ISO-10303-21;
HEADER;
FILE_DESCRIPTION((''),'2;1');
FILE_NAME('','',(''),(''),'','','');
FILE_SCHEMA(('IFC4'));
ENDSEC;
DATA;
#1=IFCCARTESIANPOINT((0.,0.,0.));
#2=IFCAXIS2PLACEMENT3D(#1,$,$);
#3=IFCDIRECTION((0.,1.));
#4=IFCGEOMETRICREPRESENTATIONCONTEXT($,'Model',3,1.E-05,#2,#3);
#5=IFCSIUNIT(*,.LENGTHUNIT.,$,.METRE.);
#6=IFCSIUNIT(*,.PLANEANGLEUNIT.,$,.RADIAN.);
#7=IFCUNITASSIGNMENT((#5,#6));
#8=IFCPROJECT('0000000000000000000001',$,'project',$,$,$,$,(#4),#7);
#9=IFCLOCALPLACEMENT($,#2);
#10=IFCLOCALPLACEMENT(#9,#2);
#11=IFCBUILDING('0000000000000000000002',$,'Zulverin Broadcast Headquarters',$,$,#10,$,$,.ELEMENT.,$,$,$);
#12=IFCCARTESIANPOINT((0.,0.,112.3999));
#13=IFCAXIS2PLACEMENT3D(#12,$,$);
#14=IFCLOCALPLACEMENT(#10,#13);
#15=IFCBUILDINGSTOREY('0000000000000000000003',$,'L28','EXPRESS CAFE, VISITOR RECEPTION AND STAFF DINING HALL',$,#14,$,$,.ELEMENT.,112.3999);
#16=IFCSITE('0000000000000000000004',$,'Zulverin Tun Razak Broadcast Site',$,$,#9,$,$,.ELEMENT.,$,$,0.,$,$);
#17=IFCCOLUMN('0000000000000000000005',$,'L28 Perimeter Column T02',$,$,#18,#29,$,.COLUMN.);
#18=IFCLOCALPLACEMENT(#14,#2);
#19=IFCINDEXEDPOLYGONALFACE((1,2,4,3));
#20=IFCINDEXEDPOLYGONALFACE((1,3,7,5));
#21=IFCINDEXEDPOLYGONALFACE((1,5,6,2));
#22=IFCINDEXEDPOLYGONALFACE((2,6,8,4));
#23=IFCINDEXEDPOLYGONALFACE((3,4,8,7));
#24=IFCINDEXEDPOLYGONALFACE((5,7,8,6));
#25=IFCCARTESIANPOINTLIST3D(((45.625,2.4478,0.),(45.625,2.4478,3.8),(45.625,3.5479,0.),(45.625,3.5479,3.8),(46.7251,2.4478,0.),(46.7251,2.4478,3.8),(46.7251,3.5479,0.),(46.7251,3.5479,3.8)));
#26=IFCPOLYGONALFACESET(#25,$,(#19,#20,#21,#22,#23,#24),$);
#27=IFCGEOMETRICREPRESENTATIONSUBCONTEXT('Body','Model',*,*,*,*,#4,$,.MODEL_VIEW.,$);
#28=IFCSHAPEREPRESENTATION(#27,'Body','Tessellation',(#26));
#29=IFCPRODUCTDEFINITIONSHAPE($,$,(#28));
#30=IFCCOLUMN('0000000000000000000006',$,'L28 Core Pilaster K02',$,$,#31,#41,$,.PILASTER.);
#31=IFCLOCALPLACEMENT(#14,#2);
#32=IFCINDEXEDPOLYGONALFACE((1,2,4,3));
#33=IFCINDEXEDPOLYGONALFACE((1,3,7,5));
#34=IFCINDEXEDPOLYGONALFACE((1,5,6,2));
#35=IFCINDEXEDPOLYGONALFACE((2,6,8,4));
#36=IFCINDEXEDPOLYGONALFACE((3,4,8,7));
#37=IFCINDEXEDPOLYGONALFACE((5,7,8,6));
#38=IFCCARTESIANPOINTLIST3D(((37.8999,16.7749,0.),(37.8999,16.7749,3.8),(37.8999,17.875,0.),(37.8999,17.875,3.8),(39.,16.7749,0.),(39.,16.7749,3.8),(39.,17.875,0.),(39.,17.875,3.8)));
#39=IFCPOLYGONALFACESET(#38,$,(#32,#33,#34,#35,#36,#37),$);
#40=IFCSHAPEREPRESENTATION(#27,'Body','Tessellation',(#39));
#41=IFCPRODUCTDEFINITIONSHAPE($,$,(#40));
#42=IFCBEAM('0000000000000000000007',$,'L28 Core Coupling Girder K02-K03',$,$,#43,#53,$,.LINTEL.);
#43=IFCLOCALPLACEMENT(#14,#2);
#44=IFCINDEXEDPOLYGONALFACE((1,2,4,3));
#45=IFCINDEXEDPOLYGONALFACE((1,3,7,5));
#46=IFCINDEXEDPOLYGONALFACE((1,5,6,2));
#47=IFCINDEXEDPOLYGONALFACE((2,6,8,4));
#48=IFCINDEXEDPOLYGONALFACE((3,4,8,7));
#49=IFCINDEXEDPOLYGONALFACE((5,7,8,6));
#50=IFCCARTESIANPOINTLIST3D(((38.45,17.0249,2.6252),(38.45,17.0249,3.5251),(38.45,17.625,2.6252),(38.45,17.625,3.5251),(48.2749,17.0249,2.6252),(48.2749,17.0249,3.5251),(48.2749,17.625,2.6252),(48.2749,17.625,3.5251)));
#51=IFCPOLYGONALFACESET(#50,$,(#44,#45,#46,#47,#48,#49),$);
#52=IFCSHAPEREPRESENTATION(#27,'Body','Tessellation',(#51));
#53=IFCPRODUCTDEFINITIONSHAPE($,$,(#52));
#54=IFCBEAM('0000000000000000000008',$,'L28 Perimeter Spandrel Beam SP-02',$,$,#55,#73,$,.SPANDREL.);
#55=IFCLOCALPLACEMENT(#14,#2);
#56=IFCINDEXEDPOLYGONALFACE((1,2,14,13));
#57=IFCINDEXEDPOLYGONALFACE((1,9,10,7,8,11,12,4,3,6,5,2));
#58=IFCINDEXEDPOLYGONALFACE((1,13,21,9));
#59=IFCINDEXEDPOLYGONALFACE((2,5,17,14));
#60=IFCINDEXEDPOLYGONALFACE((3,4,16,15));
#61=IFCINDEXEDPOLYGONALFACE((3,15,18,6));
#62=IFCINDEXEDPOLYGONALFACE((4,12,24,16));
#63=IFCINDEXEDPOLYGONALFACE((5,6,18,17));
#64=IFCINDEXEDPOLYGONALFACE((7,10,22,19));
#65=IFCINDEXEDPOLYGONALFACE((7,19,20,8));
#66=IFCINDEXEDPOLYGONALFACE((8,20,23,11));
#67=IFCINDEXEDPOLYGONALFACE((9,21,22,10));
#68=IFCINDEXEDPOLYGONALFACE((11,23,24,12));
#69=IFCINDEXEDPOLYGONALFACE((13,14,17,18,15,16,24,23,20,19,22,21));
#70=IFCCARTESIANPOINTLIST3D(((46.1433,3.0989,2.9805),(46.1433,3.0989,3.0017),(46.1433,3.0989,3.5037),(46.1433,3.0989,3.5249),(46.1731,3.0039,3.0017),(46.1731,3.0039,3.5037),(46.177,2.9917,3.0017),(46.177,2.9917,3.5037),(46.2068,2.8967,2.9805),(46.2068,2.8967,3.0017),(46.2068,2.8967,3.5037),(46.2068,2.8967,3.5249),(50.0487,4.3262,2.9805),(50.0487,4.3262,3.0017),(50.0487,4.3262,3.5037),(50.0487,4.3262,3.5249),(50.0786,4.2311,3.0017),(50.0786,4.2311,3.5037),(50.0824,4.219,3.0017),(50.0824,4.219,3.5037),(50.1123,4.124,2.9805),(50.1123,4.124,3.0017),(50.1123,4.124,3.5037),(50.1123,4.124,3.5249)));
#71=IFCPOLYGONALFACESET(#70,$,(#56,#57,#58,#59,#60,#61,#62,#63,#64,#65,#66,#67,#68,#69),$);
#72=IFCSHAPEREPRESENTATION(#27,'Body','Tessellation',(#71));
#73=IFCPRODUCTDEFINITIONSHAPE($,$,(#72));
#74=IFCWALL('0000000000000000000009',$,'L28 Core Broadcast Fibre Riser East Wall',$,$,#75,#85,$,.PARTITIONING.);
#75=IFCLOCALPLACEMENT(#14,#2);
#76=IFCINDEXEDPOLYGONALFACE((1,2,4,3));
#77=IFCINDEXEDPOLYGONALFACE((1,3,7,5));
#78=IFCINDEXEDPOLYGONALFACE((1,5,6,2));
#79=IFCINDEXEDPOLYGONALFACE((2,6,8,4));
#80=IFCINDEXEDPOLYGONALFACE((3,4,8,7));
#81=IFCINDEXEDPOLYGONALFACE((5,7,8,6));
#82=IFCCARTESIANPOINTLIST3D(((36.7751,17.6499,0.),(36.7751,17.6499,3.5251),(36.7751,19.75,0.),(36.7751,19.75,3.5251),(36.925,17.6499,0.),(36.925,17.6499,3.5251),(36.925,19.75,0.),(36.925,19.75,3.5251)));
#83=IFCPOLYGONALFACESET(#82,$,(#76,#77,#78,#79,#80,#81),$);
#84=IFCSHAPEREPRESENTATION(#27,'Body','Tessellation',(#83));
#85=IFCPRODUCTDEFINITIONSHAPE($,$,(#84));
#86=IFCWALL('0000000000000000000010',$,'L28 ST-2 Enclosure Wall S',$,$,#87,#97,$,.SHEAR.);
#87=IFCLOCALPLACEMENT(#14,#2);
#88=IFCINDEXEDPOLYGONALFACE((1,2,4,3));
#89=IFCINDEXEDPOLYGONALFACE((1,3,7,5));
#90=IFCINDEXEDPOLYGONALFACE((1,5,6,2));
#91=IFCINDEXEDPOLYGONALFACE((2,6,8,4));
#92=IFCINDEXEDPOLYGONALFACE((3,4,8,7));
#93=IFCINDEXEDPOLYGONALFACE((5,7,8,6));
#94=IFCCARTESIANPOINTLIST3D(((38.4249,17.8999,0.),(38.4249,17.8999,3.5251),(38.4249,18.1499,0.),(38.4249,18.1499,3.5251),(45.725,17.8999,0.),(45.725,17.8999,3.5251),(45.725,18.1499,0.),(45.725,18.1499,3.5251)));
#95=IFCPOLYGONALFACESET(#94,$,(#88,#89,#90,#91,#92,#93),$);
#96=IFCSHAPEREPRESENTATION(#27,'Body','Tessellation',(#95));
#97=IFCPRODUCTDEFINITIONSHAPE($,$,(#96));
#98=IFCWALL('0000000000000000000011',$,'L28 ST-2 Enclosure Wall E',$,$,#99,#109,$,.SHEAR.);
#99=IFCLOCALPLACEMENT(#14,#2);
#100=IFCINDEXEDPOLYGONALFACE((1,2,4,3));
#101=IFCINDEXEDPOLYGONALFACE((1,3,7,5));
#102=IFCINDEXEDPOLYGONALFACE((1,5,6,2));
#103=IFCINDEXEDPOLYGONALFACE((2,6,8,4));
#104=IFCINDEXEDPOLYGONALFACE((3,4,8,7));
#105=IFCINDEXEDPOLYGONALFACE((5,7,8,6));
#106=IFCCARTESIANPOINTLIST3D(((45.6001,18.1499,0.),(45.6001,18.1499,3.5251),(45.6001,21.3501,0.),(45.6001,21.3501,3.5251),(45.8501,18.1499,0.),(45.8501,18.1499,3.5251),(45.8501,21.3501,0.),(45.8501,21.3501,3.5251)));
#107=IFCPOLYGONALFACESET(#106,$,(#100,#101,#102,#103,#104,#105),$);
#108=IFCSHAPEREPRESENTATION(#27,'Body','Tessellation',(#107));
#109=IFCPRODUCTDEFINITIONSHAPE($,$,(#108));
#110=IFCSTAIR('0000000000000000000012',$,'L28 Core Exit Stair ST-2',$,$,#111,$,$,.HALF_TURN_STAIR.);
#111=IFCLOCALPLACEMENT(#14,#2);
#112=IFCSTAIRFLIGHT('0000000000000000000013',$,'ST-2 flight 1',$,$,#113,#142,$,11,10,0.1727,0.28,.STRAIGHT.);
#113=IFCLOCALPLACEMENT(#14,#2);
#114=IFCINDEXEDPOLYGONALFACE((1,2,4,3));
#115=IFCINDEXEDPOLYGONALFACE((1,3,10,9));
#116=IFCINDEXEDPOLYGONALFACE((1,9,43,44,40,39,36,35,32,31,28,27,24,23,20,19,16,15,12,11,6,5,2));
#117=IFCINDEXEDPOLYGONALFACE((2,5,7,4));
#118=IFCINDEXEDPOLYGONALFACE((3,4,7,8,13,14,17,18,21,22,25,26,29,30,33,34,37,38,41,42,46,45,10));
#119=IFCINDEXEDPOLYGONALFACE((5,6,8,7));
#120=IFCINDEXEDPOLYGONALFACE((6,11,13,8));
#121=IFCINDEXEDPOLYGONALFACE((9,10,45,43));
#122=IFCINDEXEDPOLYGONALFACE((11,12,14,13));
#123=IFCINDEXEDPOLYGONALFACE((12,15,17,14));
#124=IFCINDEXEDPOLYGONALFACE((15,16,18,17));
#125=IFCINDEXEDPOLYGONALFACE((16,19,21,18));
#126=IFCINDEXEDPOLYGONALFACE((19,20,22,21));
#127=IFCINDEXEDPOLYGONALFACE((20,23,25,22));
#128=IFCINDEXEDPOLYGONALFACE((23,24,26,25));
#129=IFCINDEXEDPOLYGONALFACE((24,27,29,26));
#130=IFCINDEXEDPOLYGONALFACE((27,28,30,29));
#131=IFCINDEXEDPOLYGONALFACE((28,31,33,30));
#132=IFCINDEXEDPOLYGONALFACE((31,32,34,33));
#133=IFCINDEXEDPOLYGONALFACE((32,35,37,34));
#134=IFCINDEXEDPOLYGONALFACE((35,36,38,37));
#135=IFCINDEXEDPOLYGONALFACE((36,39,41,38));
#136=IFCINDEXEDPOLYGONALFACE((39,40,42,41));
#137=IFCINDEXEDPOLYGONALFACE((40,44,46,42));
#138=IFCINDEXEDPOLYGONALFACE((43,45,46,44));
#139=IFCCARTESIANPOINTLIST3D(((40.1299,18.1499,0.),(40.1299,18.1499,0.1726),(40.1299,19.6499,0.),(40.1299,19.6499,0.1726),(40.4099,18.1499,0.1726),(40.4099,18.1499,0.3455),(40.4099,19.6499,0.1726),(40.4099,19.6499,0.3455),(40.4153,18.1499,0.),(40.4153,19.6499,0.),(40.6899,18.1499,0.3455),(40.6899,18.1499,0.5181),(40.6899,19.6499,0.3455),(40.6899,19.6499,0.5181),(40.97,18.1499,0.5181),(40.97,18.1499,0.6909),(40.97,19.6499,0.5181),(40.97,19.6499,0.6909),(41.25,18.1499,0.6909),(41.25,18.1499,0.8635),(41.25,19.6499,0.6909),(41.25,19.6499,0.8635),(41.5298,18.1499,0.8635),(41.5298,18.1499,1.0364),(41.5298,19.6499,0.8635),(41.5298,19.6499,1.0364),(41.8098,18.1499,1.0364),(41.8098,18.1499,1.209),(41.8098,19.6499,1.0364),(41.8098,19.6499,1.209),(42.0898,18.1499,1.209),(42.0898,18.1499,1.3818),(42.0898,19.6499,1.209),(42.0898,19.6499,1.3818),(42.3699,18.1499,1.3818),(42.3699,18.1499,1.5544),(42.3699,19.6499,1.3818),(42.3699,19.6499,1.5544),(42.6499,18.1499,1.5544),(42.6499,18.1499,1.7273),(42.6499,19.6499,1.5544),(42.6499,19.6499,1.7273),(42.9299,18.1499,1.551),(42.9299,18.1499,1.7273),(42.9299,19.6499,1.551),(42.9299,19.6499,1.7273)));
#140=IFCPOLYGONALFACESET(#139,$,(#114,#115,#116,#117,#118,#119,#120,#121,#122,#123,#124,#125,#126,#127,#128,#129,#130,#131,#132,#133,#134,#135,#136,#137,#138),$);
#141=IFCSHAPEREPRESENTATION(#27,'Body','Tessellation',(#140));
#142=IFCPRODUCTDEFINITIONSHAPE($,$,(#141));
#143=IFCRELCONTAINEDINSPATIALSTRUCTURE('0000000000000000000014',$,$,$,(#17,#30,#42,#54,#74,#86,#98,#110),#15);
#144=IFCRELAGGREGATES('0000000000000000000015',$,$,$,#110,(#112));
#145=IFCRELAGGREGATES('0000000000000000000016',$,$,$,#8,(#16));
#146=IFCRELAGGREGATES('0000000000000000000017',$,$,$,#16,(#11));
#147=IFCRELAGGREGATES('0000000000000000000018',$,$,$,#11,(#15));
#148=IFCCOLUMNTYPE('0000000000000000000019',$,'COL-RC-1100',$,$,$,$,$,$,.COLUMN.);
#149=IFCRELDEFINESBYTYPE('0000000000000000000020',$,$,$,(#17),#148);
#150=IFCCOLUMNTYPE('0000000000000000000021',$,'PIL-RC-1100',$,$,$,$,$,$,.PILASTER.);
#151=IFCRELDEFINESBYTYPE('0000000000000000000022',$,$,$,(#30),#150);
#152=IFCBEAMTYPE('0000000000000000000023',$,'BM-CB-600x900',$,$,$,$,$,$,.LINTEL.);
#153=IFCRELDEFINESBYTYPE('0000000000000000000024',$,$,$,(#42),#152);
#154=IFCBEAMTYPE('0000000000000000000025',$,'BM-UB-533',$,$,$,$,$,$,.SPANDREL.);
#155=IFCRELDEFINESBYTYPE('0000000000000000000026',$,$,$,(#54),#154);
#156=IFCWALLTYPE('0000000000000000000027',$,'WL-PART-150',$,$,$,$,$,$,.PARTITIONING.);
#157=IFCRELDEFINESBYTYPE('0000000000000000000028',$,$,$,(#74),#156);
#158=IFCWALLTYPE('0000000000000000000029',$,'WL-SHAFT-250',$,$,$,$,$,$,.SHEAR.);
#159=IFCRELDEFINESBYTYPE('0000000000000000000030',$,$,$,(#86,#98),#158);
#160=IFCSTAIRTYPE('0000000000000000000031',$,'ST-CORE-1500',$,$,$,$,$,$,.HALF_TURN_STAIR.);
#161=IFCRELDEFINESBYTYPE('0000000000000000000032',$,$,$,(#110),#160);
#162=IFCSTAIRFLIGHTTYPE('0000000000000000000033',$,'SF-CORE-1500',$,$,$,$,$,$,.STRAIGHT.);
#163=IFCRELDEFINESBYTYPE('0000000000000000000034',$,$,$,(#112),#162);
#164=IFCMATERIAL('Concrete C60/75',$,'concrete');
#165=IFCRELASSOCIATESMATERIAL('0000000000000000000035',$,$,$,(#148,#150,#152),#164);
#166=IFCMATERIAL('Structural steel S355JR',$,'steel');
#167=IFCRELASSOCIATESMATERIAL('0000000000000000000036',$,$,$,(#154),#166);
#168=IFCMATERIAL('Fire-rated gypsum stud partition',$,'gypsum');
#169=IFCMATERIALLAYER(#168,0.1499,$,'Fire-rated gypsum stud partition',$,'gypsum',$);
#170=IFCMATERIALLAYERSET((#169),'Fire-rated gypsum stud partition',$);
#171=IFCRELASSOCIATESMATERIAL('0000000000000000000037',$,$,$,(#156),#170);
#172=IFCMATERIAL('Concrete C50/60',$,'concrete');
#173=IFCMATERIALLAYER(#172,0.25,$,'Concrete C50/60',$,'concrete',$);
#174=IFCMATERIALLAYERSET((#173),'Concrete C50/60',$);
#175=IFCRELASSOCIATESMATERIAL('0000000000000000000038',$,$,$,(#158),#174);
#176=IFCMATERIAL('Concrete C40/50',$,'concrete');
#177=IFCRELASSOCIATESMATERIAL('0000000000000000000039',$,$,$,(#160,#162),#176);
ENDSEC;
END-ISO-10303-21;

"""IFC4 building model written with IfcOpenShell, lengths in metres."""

from ifc_helpers import new_model, si_unit, direction, frame, frame_2d, origin, origin_2d, place, context, subcontext, project, spatial, polyline, rectangle, i_section, outline, extrude, material, layer, layer_set, material_profile, profile_set, type_object, element, aggregate, save


model = new_model("IFC4")

# Units and contexts
model_context = context("Model", 3, precision=1e-05, world=origin(), true_north=direction((0.0, 1.0)))
body_context = subcontext(model_context, "Body", "Model", "MODEL_VIEW")
ifc_project = project(units=[si_unit("LENGTHUNIT", "METRE"), si_unit("PLANEANGLEUNIT", "RADIAN")], contexts=[model_context])

# Site, building, storey
site_placement = place(None, origin())
site = spatial("IfcSite", under=ifc_project, at=site_placement, Name="Zulverin Tun Razak Broadcast Site", CompositionType="ELEMENT", RefElevation=0.0)
building_placement = place(site_placement, origin())
building = spatial("IfcBuilding", under=site, at=building_placement, Name="Zulverin Broadcast Headquarters", CompositionType="ELEMENT")
storey_placement = place(building_placement, frame((0.0, 0.0, 112.3999)))
storey = spatial("IfcBuildingStorey", under=building, at=storey_placement, Name="L28", Description="EXPRESS CAFE, VISITOR RECEPTION AND STAFF DINING HALL", CompositionType="ELEMENT", Elevation=112.3999)

# Columns
ifc_material_1 = material(Name="Concrete C60/75", Category="concrete")
ifc_material_profile_1 = material_profile(ifc_material_1, rectangle(XDim=1.1001, YDim=1.1001, at=origin_2d()), Name="Concrete C60/75", Category="concrete")
ifc_profile_set_1 = profile_set([ifc_material_profile_1], Name="Concrete C60/75")
column_type_1 = type_object("IfcColumnType", Name="COL-RC-1100", PredefinedType="COLUMN", material=ifc_profile_set_1)
column_1_placement = place(storey_placement, frame((46.175, 2.9978, 0.0), z_axis=(0.0, 0.0, 1.0), x_axis=(1.0, 0.0, 0.0)))
element("IfcColumn", 1, at=column_1_placement, inside=storey, type_object=column_type_1, Name="L28 Perimeter Column T02", PredefinedType="COLUMN", context=body_context, shape_type="SweptSolid", body=[
    extrude(rectangle(XDim=1.1001, YDim=1.1001, at=origin_2d()), origin(), (0.0, 0.0, 1.0), 3.8),
])
ifc_material_profile_2 = material_profile(ifc_material_1, rectangle(XDim=1.1001, YDim=1.1001, at=origin_2d()), Name="Concrete C60/75", Category="concrete")
ifc_profile_set_2 = profile_set([ifc_material_profile_2], Name="Concrete C60/75")
column_type_2 = type_object("IfcColumnType", Name="PIL-RC-1100", PredefinedType="PILASTER", material=ifc_profile_set_2)
column_2_placement = place(storey_placement, frame((38.45, 17.325, 0.0), z_axis=(0.0, 0.0, 1.0), x_axis=(1.0, 0.0, 0.0)))
element("IfcColumn", 2, at=column_2_placement, inside=storey, type_object=column_type_2, Name="L28 Core Pilaster K02", PredefinedType="PILASTER", context=body_context, shape_type="SweptSolid", body=[
    extrude(rectangle(XDim=1.1001, YDim=1.1001, at=origin_2d()), origin(), (0.0, 0.0, 1.0), 3.8),
])

# Beams
ifc_material_profile_3 = material_profile(ifc_material_1, rectangle(XDim=0.6001, YDim=0.8999, at=origin_2d()), Name="Concrete C60/75", Category="concrete")
ifc_profile_set_3 = profile_set([ifc_material_profile_3], Name="Concrete C60/75")
beam_type_1 = type_object("IfcBeamType", Name="BM-CB-600x900", PredefinedType="LINTEL", material=ifc_profile_set_3)
beam_1_placement = place(storey_placement, frame((38.45, 17.325, 3.0752), z_axis=(1.0, 0.0, 0.0), x_axis=(0.0, 1.0, 0.0)))
element("IfcBeam", 3, at=beam_1_placement, inside=storey, type_object=beam_type_1, Name="L28 Core Coupling Girder K02-K03", PredefinedType="LINTEL", context=body_context, shape_type="SweptSolid", body=[
    extrude(rectangle(XDim=0.6001, YDim=0.8999, at=origin_2d()), origin(), (0.0, 0.0, 1.0), 9.825),
])
ifc_material_2 = material(Name="Structural steel S355JR", Category="steel")
ifc_material_profile_4 = material_profile(ifc_material_2, i_section(OverallWidth=0.2119, OverallDepth=0.5444, WebThickness=0.0127, FlangeThickness=0.0212, at=origin_2d()), Name="Structural steel S355JR", Category="steel")
ifc_profile_set_4 = profile_set([ifc_material_profile_4], Name="Structural steel S355JR")
beam_type_2 = type_object("IfcBeamType", Name="BM-UB-533", PredefinedType="SPANDREL", material=ifc_profile_set_4)
beam_2_placement = place(storey_placement, frame((46.175, 2.9978, 3.2527), z_axis=(0.954004, 0.299792, 0.0), x_axis=(-0.299792, 0.954004, 0.0)))
element("IfcBeam", 4, at=beam_2_placement, inside=storey, type_object=beam_type_2, Name="L28 Perimeter Spandrel Beam SP-02", PredefinedType="SPANDREL", context=body_context, shape_type="SweptSolid", body=[
    extrude(i_section(OverallWidth=0.2119, OverallDepth=0.5444, WebThickness=0.0127, FlangeThickness=0.0212, at=origin_2d()), origin(), (0.0, 0.0, 1.0), 4.0938),
])

# Walls
ifc_material_3 = material(Name="Fire-rated gypsum stud partition", Category="gypsum")
ifc_layer_1 = layer(ifc_material_3, 0.1499, Name="Fire-rated gypsum stud partition", Category="gypsum")
ifc_layer_set_1 = layer_set([ifc_layer_1], Name="Fire-rated gypsum stud partition")
wall_type_1 = type_object("IfcWallType", Name="WL-PART-150", PredefinedType="PARTITIONING", material=ifc_layer_set_1)
wall_1_placement = place(storey_placement, frame((36.8501, 17.6499, 0.0), z_axis=(0.0, 0.0, 1.0), x_axis=(0.0, 1.0, 0.0)))
element("IfcWall", 5, at=wall_1_placement, inside=storey, type_object=wall_type_1, Name="L28 Core Broadcast Fibre Riser East Wall", PredefinedType="PARTITIONING", context=body_context, shape_type="SweptSolid", body=[
    extrude(rectangle(XDim=2.1001, YDim=0.1499, at=frame_2d((1.05, 0.0))), origin(), (0.0, 0.0, 1.0), 3.5251),
])
ifc_material_4 = material(Name="Concrete C50/60", Category="concrete")
ifc_layer_2 = layer(ifc_material_4, 0.25, Name="Concrete C50/60", Category="concrete")
ifc_layer_set_2 = layer_set([ifc_layer_2], Name="Concrete C50/60")
wall_type_2 = type_object("IfcWallType", Name="WL-SHAFT-250", PredefinedType="SHEAR", material=ifc_layer_set_2)
wall_2_placement = place(storey_placement, frame((38.425, 18.0249, 0.0), z_axis=(0.0, 0.0, 1.0), x_axis=(1.0, 0.0, 0.0)))
element("IfcWall", 6, at=wall_2_placement, inside=storey, type_object=wall_type_2, Name="L28 ST-2 Enclosure Wall S", PredefinedType="SHEAR", context=body_context, shape_type="SweptSolid", body=[
    extrude(rectangle(XDim=7.3, YDim=0.25, at=frame_2d((3.6499, 0.0))), origin(), (0.0, 0.0, 1.0), 3.5251),
])

# Wall
wall_3_placement = place(storey_placement, frame((45.7251, 18.1499, 0.0), z_axis=(0.0, 0.0, 1.0), x_axis=(0.0, 1.0, 0.0)))
element("IfcWall", 7, at=wall_3_placement, inside=storey, type_object=wall_type_2, Name="L28 ST-2 Enclosure Wall E", PredefinedType="SHEAR", context=body_context, shape_type="SweptSolid", body=[
    extrude(rectangle(XDim=3.2002, YDim=0.25, at=frame_2d((1.6001, 0.0))), origin(), (0.0, 0.0, 1.0), 3.5251),
])

# Stair, stair flight
ifc_material_5 = material(Name="Concrete C40/50", Category="concrete")
stair_type = type_object("IfcStairType", Name="ST-CORE-1500", PredefinedType="HALF_TURN_STAIR", material=ifc_material_5)
stair_placement = place(storey_placement, origin())
stair = element("IfcStair", 8, at=stair_placement, inside=storey, type_object=stair_type, Name="L28 Core Exit Stair ST-2", PredefinedType="HALF_TURN_STAIR")
stair_flight_type = type_object("IfcStairFlightType", Name="SF-CORE-1500", PredefinedType="STRAIGHT", material=ifc_material_5)
stair_flight_placement = place(storey_placement, frame((40.1299, 18.8999, 0.0), z_axis=(0.0, 0.0, 1.0), x_axis=(1.0, 0.0, 0.0)))
stair_flight = element("IfcStairFlight", 9, at=stair_flight_placement, type_object=stair_flight_type, Name="ST-2 flight 1", NumberOfRisers=11, NumberOfTreads=10, PredefinedType="STRAIGHT", RiserHeight=0.1727, TreadLength=0.28, context=body_context, shape_type="SweptSolid", body=[
    extrude(outline(polyline([(0.0, 0.0), (0.0, 0.1726), (0.28, 0.1726), (0.28, 0.3455), (0.5601, 0.3455), (0.5601, 0.5181), (0.8401, 0.5181), (0.8401, 0.6909), (1.1201, 0.6909), (1.1201, 0.8635), (1.3999, 0.8635), (1.3999, 1.0364), (1.6799, 1.0364), (1.6799, 1.209), (1.96, 1.209), (1.96, 1.3818), (2.24, 1.3818), (2.24, 1.5544), (2.52, 1.5544), (2.52, 1.7273), (2.8, 1.7273), (2.8, 1.8999), (2.8, 1.551), (0.2854, 0.0), (0.0, 0.0)])), frame((0.0, 0.75, 0.0), z_axis=(0.0, -1.0, 0.0), x_axis=(1.0, 0.0, 0.0)), (0.0, 0.0, 1.0), 1.5),
])
aggregate(stair, [stair_flight])

save(model, "model.ifc")
